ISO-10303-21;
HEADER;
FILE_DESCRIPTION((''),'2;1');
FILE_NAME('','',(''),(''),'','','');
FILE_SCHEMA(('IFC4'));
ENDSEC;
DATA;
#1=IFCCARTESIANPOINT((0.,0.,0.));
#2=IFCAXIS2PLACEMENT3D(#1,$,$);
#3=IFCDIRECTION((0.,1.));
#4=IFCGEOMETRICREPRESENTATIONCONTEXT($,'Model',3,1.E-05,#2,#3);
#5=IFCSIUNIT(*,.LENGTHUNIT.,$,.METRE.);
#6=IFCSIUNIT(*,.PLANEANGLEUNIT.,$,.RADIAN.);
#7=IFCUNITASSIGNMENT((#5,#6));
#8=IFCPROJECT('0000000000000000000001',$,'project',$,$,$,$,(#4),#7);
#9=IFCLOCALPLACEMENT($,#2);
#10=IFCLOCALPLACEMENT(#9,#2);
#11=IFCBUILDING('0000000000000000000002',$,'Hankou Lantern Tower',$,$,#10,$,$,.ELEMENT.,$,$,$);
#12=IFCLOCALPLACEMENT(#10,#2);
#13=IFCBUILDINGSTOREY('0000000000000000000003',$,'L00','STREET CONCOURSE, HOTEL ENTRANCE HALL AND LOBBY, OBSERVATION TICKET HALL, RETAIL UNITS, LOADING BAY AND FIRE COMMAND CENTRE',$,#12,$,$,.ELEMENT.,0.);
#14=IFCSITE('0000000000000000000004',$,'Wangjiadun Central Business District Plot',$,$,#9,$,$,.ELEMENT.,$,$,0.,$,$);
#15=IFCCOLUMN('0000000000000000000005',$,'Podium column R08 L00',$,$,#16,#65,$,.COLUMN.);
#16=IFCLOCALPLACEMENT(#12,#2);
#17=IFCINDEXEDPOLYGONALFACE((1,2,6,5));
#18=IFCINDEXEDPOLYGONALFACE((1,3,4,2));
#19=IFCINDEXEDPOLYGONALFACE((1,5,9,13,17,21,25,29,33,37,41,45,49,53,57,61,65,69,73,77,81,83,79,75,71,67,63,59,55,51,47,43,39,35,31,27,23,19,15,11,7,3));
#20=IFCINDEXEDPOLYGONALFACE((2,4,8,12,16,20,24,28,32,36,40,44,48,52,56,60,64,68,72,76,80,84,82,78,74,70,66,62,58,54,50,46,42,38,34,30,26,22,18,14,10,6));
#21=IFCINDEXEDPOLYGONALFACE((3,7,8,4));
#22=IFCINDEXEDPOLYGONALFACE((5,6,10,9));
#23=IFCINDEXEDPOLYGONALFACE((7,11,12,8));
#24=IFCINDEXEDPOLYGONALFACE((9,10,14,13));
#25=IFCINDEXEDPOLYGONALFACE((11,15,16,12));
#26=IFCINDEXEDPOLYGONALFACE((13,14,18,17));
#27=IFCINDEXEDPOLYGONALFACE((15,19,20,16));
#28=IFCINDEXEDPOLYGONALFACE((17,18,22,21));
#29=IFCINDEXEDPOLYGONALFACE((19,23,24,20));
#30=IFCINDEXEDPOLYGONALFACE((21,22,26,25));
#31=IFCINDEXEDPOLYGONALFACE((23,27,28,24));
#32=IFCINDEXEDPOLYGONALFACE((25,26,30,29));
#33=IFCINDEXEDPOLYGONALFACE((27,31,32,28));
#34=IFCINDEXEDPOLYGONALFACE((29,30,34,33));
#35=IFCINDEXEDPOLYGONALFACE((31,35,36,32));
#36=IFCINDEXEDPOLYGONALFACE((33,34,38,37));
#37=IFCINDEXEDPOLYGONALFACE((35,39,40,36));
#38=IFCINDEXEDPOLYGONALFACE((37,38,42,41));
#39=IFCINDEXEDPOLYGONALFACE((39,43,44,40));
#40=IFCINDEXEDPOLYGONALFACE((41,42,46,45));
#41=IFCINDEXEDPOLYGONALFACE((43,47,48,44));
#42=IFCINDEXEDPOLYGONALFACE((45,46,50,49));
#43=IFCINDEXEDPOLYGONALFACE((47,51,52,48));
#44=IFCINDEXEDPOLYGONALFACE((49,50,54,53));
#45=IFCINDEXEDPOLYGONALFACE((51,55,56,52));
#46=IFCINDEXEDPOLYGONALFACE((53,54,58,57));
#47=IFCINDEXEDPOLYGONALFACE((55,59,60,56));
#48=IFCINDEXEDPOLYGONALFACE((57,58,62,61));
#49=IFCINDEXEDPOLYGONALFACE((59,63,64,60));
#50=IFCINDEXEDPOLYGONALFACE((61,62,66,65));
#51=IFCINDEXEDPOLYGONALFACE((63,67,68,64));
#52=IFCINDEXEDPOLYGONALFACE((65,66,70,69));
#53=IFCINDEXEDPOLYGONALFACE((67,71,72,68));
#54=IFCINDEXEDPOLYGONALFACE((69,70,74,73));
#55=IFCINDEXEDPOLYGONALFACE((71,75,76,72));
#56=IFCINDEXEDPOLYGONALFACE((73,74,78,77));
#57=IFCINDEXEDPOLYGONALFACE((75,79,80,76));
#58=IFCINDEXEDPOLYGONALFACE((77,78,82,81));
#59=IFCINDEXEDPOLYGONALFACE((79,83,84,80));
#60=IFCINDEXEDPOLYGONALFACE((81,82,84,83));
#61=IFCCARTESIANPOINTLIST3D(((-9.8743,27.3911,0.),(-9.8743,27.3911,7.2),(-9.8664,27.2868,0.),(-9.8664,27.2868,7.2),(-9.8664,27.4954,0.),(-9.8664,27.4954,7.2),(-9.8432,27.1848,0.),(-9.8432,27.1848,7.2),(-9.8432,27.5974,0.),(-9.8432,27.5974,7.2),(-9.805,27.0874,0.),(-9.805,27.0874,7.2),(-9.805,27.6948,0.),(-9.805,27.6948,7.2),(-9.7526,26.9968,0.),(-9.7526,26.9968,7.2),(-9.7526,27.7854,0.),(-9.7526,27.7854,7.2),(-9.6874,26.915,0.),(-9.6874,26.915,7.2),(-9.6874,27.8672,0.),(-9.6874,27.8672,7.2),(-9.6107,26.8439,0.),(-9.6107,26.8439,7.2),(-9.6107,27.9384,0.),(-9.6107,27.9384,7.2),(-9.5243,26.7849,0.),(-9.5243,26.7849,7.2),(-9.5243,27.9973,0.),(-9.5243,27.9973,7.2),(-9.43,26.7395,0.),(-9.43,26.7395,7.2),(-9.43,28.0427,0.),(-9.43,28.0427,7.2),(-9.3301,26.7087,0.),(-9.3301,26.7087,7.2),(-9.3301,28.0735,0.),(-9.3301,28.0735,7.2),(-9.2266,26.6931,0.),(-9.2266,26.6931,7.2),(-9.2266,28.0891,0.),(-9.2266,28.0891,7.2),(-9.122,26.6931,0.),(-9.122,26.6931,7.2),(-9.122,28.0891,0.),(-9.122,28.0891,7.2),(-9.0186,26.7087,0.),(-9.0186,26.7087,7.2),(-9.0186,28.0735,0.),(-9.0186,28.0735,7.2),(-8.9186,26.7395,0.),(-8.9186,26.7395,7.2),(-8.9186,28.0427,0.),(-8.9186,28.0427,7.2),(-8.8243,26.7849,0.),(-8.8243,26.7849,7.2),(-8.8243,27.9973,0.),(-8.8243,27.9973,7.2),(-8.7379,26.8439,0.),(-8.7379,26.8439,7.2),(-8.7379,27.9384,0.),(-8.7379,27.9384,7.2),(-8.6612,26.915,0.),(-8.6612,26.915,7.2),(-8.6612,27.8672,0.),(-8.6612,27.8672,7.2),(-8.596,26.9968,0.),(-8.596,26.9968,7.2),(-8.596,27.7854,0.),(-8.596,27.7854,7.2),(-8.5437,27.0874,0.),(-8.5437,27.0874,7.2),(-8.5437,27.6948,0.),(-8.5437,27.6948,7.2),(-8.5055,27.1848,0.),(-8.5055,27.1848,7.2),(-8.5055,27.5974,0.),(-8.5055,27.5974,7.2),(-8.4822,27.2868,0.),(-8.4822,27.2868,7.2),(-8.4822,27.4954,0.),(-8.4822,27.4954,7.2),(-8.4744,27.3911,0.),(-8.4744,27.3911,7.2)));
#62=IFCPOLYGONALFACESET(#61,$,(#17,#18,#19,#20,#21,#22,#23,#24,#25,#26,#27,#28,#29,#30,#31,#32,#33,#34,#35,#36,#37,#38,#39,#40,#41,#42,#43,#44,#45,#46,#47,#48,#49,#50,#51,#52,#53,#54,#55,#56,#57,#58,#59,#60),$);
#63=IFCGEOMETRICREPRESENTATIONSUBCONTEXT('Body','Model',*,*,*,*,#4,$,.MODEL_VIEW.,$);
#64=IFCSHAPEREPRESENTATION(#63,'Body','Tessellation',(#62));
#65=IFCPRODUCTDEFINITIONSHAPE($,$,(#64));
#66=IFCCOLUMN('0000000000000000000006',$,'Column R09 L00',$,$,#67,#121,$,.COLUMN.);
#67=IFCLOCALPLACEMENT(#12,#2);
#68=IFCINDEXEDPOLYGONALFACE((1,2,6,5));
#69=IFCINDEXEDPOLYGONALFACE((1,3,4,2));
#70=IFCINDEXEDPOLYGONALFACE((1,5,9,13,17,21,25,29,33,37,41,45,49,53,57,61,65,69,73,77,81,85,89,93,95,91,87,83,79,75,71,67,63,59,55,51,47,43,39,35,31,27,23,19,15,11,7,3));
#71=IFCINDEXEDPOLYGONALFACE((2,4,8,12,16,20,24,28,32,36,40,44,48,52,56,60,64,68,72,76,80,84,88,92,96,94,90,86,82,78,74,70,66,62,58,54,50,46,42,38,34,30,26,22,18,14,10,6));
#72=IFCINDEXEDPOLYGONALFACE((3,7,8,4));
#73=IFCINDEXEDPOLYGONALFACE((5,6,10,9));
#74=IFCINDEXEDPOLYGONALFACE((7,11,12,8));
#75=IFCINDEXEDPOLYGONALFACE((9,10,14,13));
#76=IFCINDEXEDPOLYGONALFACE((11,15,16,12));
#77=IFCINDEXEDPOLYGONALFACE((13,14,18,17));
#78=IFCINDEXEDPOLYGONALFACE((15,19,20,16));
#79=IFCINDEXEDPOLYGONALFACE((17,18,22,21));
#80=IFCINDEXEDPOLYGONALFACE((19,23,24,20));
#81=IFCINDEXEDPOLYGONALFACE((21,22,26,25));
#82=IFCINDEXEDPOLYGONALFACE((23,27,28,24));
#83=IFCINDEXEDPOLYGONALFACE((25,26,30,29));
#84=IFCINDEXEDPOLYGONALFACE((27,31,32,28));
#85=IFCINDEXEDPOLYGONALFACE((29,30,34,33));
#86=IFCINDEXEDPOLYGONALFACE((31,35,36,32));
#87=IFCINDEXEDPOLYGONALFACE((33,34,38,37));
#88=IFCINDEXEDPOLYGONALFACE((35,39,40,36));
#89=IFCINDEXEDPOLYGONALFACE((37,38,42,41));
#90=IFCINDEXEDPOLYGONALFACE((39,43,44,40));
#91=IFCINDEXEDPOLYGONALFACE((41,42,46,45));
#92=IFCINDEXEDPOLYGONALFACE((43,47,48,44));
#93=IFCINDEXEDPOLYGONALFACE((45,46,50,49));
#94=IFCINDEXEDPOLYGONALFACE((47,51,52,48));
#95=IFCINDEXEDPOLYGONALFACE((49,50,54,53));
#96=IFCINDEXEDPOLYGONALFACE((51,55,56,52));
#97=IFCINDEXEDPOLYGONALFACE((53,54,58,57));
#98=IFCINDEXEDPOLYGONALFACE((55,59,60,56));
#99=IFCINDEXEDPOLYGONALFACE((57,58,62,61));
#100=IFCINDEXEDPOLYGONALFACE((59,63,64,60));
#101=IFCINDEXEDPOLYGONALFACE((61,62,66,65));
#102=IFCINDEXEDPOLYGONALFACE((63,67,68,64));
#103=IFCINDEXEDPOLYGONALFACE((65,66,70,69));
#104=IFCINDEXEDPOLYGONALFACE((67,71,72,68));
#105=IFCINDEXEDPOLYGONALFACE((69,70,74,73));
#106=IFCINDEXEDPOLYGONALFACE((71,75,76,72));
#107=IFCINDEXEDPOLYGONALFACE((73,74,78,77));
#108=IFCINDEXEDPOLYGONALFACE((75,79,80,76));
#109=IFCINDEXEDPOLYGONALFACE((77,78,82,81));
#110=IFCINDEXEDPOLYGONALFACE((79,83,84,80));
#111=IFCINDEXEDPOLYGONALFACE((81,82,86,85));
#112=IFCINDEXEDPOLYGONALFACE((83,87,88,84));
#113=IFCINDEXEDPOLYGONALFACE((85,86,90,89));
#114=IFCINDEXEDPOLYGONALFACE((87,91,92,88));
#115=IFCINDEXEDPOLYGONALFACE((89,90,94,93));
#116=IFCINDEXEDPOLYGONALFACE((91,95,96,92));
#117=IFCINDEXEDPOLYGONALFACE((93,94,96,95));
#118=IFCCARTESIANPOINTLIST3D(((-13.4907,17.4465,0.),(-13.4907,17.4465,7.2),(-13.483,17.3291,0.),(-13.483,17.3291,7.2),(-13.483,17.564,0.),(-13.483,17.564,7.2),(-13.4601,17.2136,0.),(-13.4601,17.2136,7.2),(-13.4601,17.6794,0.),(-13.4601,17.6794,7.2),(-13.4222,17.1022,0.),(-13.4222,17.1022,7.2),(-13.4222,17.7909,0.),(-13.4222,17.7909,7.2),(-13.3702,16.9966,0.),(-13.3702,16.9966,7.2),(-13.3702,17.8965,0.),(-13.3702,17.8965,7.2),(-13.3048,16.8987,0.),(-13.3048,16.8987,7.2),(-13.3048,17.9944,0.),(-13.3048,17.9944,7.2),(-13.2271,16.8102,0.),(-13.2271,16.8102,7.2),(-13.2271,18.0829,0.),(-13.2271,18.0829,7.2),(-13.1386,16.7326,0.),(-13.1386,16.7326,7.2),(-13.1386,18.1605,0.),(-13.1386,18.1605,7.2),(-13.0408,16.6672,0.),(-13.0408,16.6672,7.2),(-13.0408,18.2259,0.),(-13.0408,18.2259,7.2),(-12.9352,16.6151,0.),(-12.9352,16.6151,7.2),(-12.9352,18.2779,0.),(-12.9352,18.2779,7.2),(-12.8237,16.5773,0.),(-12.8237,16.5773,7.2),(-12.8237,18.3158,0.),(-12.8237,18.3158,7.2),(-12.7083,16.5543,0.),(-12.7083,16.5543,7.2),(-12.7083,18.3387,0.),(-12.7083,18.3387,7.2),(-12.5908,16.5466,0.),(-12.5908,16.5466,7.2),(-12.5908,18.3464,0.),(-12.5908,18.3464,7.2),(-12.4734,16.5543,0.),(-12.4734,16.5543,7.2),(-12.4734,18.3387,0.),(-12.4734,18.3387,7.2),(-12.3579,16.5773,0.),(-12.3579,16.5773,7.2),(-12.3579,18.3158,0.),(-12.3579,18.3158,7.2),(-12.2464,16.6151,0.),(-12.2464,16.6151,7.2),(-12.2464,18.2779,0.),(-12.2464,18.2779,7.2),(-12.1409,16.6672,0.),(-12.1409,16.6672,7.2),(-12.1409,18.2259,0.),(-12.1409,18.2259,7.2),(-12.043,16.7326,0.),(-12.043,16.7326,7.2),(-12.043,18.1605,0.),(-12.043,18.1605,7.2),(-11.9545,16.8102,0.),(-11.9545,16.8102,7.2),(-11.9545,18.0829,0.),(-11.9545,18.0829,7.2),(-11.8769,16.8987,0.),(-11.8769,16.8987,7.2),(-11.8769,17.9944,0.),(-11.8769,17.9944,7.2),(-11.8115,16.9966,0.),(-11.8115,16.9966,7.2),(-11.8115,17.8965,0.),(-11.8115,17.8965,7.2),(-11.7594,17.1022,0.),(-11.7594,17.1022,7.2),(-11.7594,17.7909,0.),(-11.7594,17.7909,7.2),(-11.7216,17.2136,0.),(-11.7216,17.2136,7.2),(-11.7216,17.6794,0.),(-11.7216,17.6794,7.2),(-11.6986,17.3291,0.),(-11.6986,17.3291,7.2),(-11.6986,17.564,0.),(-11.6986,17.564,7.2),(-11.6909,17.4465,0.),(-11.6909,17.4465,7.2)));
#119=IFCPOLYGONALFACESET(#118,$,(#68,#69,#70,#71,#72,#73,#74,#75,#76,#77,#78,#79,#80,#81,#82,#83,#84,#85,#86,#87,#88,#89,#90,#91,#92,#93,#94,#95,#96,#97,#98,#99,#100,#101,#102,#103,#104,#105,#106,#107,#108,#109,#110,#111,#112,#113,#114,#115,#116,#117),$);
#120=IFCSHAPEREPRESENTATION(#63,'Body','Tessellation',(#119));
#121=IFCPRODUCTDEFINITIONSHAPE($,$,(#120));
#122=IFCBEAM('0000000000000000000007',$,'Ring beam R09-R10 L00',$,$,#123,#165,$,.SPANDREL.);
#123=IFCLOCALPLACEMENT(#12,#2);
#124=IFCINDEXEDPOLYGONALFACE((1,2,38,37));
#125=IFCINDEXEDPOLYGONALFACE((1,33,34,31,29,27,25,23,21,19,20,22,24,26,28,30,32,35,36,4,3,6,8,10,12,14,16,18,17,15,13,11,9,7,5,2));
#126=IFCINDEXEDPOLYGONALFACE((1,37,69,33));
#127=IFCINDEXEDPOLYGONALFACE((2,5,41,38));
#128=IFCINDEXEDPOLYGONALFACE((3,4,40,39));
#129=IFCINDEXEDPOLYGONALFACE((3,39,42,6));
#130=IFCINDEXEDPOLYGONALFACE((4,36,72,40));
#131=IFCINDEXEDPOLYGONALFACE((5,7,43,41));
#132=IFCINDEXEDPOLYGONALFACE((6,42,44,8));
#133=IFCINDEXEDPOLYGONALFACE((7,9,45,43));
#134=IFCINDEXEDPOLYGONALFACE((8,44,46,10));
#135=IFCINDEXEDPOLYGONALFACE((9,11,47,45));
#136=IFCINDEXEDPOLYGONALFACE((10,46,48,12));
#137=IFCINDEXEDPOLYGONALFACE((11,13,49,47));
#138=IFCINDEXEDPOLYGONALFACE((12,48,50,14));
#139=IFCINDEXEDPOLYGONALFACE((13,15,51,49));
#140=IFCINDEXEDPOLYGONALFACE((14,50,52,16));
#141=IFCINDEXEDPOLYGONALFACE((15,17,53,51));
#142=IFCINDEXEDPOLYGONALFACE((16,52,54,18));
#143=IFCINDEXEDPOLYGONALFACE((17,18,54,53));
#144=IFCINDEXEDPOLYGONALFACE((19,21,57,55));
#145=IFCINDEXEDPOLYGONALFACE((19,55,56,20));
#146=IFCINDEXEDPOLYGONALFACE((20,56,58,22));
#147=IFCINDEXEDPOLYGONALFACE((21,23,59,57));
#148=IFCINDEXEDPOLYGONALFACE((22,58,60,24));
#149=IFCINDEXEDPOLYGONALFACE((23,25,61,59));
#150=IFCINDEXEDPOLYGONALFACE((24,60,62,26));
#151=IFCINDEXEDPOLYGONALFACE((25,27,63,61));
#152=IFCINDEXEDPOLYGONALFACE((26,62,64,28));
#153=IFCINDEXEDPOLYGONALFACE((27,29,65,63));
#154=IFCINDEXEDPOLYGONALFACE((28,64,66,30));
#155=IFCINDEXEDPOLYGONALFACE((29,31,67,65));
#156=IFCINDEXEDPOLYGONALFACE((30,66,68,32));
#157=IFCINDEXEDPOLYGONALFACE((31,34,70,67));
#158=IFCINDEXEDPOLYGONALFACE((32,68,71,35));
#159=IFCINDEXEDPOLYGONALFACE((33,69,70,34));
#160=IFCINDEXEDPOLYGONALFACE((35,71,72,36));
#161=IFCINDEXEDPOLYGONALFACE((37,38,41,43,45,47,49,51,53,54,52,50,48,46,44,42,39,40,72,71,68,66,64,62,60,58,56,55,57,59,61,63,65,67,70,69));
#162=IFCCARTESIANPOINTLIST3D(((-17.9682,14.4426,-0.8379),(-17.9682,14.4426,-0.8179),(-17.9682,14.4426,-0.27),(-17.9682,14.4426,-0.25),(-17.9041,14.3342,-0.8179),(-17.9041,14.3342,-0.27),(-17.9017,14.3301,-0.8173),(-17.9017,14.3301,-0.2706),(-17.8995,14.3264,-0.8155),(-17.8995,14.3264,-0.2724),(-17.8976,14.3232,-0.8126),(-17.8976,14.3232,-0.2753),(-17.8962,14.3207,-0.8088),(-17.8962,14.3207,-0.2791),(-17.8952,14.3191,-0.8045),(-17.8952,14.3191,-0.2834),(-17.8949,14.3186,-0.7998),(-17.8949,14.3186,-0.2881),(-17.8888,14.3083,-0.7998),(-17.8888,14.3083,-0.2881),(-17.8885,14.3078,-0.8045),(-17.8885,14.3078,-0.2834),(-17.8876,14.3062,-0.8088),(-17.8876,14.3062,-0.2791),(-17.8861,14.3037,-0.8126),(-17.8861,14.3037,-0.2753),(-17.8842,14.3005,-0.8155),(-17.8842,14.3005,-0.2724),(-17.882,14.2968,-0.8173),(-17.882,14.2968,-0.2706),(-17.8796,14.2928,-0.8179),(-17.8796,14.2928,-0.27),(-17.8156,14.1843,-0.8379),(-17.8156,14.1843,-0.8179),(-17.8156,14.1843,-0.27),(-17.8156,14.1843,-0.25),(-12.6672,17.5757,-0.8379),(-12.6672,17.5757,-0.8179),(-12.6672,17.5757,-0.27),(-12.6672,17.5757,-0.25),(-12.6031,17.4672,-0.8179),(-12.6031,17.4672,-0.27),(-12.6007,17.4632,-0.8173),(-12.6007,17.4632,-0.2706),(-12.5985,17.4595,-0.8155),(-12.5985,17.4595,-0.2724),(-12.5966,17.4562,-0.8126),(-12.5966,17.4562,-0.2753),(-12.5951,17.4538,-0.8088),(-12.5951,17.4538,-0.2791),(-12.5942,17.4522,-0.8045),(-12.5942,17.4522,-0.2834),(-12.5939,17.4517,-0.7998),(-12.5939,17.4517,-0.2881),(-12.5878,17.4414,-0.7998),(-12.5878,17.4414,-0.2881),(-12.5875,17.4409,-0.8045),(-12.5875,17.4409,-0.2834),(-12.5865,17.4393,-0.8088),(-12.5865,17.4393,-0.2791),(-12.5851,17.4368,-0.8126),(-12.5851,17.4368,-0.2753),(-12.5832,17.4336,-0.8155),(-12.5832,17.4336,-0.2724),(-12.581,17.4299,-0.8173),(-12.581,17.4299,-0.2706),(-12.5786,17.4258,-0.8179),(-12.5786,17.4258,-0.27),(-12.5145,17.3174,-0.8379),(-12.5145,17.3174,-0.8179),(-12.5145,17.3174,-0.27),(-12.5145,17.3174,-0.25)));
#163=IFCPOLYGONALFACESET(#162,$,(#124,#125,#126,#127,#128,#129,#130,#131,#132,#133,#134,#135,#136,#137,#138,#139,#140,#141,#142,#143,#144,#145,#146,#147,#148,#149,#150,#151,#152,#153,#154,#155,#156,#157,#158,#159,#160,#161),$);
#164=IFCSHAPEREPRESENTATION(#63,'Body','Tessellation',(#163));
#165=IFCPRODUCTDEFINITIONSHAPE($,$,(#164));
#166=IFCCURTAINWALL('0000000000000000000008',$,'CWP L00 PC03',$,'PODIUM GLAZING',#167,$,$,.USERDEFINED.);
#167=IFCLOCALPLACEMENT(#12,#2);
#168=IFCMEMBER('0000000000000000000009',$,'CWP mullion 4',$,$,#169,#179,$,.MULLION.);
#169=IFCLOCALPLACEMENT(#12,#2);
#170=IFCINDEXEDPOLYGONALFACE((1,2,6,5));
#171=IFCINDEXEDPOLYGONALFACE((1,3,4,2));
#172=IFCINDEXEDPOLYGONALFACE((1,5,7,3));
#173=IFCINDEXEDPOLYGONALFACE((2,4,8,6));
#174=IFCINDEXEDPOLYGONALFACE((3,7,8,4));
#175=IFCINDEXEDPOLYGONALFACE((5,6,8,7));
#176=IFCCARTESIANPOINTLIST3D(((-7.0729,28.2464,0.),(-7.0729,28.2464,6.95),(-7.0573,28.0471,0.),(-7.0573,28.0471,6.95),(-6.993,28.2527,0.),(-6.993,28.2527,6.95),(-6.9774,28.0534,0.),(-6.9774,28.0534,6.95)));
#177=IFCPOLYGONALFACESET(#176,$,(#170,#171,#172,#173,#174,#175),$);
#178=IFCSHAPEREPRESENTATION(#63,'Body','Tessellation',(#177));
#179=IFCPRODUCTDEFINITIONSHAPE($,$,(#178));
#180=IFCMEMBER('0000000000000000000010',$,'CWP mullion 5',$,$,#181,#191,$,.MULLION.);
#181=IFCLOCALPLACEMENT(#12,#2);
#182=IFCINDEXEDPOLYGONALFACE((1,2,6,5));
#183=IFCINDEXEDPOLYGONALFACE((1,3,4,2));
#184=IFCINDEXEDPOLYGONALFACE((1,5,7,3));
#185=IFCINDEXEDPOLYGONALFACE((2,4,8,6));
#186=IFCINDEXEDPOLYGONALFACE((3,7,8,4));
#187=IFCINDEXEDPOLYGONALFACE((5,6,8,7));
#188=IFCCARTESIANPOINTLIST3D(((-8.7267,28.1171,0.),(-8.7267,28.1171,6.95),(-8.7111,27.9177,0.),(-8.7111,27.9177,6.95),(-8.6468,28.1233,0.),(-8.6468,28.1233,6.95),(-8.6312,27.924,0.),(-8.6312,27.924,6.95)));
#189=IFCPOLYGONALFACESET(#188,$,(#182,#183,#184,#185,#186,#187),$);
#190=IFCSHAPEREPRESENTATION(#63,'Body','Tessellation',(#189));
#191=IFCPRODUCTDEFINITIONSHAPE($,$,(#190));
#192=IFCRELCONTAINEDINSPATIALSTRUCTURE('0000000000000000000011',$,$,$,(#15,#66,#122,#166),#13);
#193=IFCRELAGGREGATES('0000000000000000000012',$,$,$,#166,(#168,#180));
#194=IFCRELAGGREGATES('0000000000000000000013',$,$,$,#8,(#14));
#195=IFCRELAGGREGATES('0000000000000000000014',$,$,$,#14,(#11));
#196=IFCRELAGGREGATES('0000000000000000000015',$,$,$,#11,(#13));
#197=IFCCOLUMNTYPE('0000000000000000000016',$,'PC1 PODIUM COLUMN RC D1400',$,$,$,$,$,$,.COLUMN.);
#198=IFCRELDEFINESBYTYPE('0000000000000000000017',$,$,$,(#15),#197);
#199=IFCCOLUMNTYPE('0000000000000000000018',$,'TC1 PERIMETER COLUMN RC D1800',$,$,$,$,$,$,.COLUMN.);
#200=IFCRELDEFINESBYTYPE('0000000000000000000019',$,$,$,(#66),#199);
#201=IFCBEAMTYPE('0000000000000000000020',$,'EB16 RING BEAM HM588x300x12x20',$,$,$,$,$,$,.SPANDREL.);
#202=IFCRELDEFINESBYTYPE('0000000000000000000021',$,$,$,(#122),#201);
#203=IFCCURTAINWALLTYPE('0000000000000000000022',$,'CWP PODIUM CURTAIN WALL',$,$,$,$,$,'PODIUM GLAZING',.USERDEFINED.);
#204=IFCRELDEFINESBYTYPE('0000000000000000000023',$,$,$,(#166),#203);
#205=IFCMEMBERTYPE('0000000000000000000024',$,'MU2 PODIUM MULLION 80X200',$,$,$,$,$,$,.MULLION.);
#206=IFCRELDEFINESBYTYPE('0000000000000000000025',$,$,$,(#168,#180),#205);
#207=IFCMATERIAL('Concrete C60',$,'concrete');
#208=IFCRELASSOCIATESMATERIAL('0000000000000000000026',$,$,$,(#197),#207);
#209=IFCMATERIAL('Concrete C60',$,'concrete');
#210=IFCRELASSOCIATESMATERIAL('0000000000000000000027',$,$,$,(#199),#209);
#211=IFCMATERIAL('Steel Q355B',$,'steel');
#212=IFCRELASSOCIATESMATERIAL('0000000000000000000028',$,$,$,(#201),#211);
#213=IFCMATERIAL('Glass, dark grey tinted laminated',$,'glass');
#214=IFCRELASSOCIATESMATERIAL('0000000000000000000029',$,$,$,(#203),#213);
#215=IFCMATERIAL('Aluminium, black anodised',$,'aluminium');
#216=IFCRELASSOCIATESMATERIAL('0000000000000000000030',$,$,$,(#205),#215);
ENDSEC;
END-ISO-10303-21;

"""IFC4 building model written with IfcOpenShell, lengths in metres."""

from ifc_helpers import new_model, si_unit, direction, frame, origin, origin_2d, place, context, subcontext, project, spatial, rectangle, circle, i_section, extrude, material, material_profile, profile_set, type_object, element, aggregate, save


model = new_model("IFC4")

# Units and contexts
model_context = context("Model", 3, precision=1e-05, world=origin(), true_north=direction((0.0, 1.0)))
body_context = subcontext(model_context, "Body", "Model", "MODEL_VIEW")
ifc_project = project(units=[si_unit("LENGTHUNIT", "METRE"), si_unit("PLANEANGLEUNIT", "RADIAN")], contexts=[model_context])

# Site, building, storey
site_placement = place(None, origin())
site = spatial("IfcSite", under=ifc_project, at=site_placement, Name="Wangjiadun Central Business District Plot", CompositionType="ELEMENT", RefElevation=0.0)
building_placement = place(site_placement, origin())
building = spatial("IfcBuilding", under=site, at=building_placement, Name="Hankou Lantern Tower", CompositionType="ELEMENT")
storey_placement = place(building_placement, origin())
storey = spatial("IfcBuildingStorey", under=building, at=storey_placement, Name="L00", Description="STREET CONCOURSE, HOTEL ENTRANCE HALL AND LOBBY, OBSERVATION TICKET HALL, RETAIL UNITS, LOADING BAY AND FIRE COMMAND CENTRE", CompositionType="ELEMENT", Elevation=0.0)

# Columns
ifc_material_1 = material(Name="Concrete C60", Category="concrete")
ifc_material_profile_1 = material_profile(ifc_material_1, circle(Radius=0.7, at=origin_2d()), Name="RC D1400")
ifc_profile_set_1 = profile_set([ifc_material_profile_1], Name="Concrete C60")
column_type_1 = type_object("IfcColumnType", Name="PC1 PODIUM COLUMN RC D1400", PredefinedType="COLUMN", material=ifc_profile_set_1)
column_1_placement = place(storey_placement, frame((-9.1743, 27.3911, 0.0), z_axis=(0.0, 0.0, 1.0), x_axis=(1.0, 0.0, 0.0)))
element("IfcColumn", 1, at=column_1_placement, inside=storey, type_object=column_type_1, Name="Podium column R08 L00", PredefinedType="COLUMN", context=body_context, shape_type="SweptSolid", body=[
    extrude(circle(Radius=0.7, at=origin_2d()), origin(), (0.0, 0.0, 1.0), 7.2),
])
ifc_material_2 = material(Name="Concrete C60", Category="concrete")
ifc_material_profile_2 = material_profile(ifc_material_2, circle(Radius=0.8999, at=origin_2d()), Name="RC D1800")
ifc_profile_set_2 = profile_set([ifc_material_profile_2], Name="Concrete C60")
column_type_2 = type_object("IfcColumnType", Name="TC1 PERIMETER COLUMN RC D1800", PredefinedType="COLUMN", material=ifc_profile_set_2)
column_2_placement = place(storey_placement, frame((-12.5908, 17.4465, 0.0), z_axis=(0.0, 0.0, 1.0), x_axis=(1.0, 0.0, 0.0)))
element("IfcColumn", 2, at=column_2_placement, inside=storey, type_object=column_type_2, Name="Column R09 L00", PredefinedType="COLUMN", context=body_context, shape_type="SweptSolid", body=[
    extrude(circle(Radius=0.8999, at=origin_2d()), origin(), (0.0, 0.0, 1.0), 7.2),
])

# Beam
ifc_material_3 = material(Name="Steel Q355B", Category="steel")
ifc_material_profile_3 = material_profile(ifc_material_3, i_section(OverallWidth=0.3, OverallDepth=0.5879, WebThickness=0.012, FlangeThickness=0.02, FilletRadius=0.0181, at=origin_2d()), Name="HM588x300x12x20")
ifc_profile_set_3 = profile_set([ifc_material_profile_3], Name="Steel Q355B")
beam_type_1 = type_object("IfcBeamType", Name="EB16 RING BEAM HM588x300x12x20", PredefinedType="SPANDREL", material=ifc_profile_set_3)
beam_1_placement = place(storey_placement, frame((-12.5908, 17.4465, -0.5439), z_axis=(-0.860882, -0.508805, 0.0), x_axis=(0.508805, -0.860882, 0.0)))
element("IfcBeam", 3, at=beam_1_placement, inside=storey, type_object=beam_type_1, Name="Ring beam R09-R10 L00", PredefinedType="SPANDREL", context=body_context, shape_type="SweptSolid", body=[
    extrude(i_section(OverallWidth=0.3, OverallDepth=0.5879, WebThickness=0.012, FlangeThickness=0.02, FilletRadius=0.0181, at=origin_2d()), origin(), (0.0, 0.0, 1.0), 6.1577),
])

# Curtain wall, members
ifc_material_4 = material(Name="Glass, dark grey tinted laminated", Category="glass")
curtain_wall_type = type_object("IfcCurtainWallType", Name="CWP PODIUM CURTAIN WALL", ElementType="PODIUM GLAZING", PredefinedType="USERDEFINED", material=ifc_material_4)
curtain_wall_1_placement = place(storey_placement, origin())
curtain_wall_1 = element("IfcCurtainWall", 4, at=curtain_wall_1_placement, inside=storey, type_object=curtain_wall_type, Name="CWP L00 PC03", ObjectType="PODIUM GLAZING", PredefinedType="USERDEFINED")
ifc_material_5 = material(Name="Aluminium, black anodised", Category="aluminium")
ifc_material_profile_4 = material_profile(ifc_material_5, rectangle(XDim=0.0801, YDim=0.2, at=origin_2d()), Name="MU2 80X200")
ifc_profile_set_4 = profile_set([ifc_material_profile_4], Name="Aluminium, black anodised")
member_type_1 = type_object("IfcMemberType", Name="MU2 PODIUM MULLION 80X200", PredefinedType="MULLION", material=ifc_profile_set_4)
member_1_placement = place(storey_placement, frame((-7.0251, 28.1499, 0.0), z_axis=(0.0, 0.0, 1.0), x_axis=(-0.996949, -0.078062, 0.0)))
member_1 = element("IfcMember", 5, at=member_1_placement, type_object=member_type_1, Name="CWP mullion 4", PredefinedType="MULLION", context=body_context, shape_type="SweptSolid", body=[
    extrude(rectangle(XDim=0.0801, YDim=0.2, at=origin_2d()), origin(), (0.0, 0.0, 1.0), 6.95),
])
member_2_placement = place(storey_placement, frame((-8.679, 28.0205, 0.0), z_axis=(0.0, 0.0, 1.0), x_axis=(-0.996949, -0.078062, 0.0)))
member_2 = element("IfcMember", 6, at=member_2_placement, type_object=member_type_1, Name="CWP mullion 5", PredefinedType="MULLION", context=body_context, shape_type="SweptSolid", body=[
    extrude(rectangle(XDim=0.0801, YDim=0.2, at=origin_2d()), origin(), (0.0, 0.0, 1.0), 6.95),
])

aggregate(curtain_wall_1, [member_1, member_2])

save(model, "model.ifc")
